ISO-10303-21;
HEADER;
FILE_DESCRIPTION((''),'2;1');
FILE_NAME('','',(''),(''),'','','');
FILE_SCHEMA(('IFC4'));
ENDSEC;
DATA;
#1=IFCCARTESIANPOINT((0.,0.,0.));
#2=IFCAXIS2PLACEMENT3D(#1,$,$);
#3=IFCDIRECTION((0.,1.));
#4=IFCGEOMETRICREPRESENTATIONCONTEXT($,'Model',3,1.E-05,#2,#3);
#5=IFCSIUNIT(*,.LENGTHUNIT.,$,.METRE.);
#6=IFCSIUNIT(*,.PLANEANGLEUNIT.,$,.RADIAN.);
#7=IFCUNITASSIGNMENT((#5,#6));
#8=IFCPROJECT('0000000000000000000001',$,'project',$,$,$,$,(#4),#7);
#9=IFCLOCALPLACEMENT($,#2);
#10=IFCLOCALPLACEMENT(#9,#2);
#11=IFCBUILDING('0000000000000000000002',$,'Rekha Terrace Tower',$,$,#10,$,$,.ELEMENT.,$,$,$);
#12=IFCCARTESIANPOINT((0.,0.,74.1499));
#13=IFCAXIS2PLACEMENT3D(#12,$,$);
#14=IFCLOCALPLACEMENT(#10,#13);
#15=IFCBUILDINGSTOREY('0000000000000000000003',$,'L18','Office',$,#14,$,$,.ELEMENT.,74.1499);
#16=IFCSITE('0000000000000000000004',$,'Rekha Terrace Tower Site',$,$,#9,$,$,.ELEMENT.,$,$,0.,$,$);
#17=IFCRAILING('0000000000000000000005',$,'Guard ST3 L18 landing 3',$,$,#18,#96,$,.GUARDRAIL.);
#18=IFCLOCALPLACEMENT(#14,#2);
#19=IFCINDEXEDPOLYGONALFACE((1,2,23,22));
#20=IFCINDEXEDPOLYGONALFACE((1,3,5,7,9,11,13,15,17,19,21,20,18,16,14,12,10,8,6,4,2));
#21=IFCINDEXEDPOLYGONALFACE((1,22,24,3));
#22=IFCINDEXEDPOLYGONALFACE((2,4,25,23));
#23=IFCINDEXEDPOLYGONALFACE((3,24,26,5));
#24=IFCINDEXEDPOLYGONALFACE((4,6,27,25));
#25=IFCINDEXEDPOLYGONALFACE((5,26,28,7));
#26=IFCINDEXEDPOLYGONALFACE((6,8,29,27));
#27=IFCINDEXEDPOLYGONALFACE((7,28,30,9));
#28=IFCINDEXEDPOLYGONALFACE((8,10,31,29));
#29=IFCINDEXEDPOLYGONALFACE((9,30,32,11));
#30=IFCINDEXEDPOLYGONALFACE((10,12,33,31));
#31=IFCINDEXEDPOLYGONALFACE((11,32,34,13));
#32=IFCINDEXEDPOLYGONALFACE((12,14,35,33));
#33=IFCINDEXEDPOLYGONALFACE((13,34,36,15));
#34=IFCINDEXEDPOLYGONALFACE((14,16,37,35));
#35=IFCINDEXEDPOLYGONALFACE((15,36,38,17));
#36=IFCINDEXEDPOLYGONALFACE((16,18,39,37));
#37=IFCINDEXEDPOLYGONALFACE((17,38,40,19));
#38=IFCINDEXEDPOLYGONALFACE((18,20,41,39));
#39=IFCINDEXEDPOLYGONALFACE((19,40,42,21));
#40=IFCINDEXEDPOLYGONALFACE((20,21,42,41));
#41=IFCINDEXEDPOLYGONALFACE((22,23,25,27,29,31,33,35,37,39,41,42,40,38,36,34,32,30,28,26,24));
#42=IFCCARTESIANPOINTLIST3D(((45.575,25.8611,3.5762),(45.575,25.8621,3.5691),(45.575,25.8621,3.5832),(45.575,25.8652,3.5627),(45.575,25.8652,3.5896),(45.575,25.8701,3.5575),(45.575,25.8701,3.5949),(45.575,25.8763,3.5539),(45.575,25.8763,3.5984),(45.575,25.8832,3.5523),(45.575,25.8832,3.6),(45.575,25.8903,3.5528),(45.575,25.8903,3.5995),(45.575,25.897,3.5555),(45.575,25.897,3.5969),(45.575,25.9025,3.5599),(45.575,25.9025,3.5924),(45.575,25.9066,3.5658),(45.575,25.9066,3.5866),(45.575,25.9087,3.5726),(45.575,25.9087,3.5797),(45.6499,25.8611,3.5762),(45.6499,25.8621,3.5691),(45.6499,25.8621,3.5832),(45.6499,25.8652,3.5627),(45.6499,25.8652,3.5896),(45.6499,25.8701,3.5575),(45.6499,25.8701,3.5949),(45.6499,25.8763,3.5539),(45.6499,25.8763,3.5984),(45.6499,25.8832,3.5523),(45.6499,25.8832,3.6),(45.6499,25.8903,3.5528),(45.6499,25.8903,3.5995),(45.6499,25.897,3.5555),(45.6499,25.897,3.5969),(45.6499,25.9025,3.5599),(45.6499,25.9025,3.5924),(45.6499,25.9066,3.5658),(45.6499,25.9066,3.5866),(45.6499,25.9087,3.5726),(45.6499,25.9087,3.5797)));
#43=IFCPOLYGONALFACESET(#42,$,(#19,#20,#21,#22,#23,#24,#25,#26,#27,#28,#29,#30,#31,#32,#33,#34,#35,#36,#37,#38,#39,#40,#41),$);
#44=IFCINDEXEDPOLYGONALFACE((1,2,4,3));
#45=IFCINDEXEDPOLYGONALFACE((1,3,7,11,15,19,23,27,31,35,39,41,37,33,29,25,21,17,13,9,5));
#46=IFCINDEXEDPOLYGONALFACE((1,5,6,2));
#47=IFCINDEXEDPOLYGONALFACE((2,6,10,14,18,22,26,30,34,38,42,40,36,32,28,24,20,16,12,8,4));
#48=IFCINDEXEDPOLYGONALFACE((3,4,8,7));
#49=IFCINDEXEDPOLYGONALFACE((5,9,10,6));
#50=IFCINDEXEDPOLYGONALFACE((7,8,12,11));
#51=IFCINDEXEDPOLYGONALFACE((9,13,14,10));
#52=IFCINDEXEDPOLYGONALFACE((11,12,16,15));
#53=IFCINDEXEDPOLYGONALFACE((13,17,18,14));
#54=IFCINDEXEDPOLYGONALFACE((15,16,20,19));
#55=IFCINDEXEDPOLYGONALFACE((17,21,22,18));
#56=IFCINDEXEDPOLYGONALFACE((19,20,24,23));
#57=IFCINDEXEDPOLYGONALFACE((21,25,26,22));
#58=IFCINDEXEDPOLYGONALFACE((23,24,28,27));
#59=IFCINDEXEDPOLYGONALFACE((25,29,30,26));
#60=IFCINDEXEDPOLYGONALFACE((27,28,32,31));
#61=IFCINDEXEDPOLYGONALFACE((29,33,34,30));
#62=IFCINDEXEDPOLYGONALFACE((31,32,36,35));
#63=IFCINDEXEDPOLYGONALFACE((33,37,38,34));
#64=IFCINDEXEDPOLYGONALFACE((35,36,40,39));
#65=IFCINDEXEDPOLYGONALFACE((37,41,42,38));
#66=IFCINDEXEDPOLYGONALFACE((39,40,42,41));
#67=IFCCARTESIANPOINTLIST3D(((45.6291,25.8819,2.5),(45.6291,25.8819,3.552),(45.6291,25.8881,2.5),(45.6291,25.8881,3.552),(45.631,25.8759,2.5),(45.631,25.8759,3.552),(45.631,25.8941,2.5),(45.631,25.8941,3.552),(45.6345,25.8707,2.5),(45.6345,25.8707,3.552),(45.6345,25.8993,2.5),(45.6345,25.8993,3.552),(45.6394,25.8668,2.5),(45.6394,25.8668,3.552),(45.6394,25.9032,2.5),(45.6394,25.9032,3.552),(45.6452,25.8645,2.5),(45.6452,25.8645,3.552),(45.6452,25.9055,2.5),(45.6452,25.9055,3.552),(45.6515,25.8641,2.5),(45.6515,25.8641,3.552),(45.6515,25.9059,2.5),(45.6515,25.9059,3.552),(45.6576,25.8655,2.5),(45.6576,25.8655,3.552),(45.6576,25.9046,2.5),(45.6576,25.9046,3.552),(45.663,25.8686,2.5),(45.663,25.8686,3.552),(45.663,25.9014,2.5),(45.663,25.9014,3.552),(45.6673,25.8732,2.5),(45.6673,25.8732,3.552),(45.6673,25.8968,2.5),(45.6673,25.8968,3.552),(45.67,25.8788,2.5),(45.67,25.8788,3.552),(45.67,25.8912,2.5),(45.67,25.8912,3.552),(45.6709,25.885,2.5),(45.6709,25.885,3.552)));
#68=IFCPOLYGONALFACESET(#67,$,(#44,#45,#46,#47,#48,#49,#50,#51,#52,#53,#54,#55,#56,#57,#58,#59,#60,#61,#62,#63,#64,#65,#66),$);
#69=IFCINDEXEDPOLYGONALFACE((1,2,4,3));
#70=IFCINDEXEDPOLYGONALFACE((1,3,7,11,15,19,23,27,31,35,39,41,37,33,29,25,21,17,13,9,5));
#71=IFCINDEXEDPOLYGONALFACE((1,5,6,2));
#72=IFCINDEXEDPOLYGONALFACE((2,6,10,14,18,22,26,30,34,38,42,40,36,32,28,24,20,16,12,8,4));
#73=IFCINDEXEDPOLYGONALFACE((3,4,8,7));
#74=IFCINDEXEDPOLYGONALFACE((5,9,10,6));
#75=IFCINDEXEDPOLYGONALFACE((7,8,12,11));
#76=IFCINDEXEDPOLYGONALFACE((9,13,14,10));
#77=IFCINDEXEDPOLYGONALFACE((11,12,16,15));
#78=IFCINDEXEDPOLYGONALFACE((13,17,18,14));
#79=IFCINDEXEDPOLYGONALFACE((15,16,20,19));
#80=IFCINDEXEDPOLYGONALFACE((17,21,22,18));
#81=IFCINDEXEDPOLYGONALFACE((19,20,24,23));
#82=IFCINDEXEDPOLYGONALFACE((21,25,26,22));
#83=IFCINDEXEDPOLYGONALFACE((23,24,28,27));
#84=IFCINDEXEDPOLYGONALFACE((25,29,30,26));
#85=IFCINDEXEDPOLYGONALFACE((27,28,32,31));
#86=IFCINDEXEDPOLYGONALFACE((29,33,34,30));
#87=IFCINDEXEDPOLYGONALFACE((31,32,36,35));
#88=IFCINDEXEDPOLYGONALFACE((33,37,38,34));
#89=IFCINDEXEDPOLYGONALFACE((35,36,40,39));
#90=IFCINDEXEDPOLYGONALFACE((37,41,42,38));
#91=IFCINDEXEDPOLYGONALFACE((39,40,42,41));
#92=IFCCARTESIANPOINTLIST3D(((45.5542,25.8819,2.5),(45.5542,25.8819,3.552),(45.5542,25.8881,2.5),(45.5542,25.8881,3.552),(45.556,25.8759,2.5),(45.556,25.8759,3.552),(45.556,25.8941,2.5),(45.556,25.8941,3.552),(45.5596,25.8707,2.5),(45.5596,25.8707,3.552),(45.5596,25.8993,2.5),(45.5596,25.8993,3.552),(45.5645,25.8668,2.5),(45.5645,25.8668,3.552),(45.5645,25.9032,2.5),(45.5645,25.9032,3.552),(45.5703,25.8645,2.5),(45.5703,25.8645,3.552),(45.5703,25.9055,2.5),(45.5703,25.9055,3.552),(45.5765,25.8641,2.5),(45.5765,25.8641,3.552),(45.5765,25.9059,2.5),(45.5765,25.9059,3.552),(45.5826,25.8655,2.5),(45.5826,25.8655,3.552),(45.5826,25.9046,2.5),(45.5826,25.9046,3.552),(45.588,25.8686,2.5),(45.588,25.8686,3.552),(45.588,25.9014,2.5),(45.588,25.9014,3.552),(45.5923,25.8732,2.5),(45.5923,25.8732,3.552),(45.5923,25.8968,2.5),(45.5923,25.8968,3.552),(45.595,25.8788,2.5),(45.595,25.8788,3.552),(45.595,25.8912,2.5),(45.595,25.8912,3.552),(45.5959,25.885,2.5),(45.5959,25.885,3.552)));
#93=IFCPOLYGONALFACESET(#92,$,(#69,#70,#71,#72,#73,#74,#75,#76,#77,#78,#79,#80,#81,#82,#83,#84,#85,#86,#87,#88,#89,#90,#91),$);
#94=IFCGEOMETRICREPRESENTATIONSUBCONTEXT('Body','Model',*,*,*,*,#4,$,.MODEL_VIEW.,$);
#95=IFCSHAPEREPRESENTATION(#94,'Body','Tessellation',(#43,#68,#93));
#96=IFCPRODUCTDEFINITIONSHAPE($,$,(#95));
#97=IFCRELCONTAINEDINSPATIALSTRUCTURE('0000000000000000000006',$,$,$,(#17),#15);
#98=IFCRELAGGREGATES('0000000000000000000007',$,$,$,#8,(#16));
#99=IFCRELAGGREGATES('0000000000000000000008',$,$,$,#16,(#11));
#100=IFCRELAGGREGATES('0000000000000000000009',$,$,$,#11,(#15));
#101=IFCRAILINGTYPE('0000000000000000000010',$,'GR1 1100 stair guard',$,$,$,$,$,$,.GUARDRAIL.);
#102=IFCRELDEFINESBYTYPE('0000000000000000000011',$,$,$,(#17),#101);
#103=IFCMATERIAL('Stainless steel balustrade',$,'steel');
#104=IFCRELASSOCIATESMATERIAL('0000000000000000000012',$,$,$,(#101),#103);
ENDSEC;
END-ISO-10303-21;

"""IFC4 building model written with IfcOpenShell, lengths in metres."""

from ifc_helpers import new_model, si_unit, direction, frame, origin, origin_2d, place, context, subcontext, project, spatial, circle, extrude, material, type_object, element, save


model = new_model("IFC4")

# Units and contexts
model_context = context("Model", 3, precision=1e-05, world=origin(), true_north=direction((0.0, 1.0)))
body_context = subcontext(model_context, "Body", "Model", "MODEL_VIEW")
ifc_project = project(units=[si_unit("LENGTHUNIT", "METRE"), si_unit("PLANEANGLEUNIT", "RADIAN")], contexts=[model_context])

# Site, building, storey
site_placement = place(None, origin())
site = spatial("IfcSite", under=ifc_project, at=site_placement, Name="Rekha Terrace Tower Site", CompositionType="ELEMENT", RefElevation=0.0)
building_placement = place(site_placement, origin())
building = spatial("IfcBuilding", under=site, at=building_placement, Name="Rekha Terrace Tower", CompositionType="ELEMENT")
storey_placement = place(building_placement, frame((0.0, 0.0, 74.1499)))
storey = spatial("IfcBuildingStorey", under=building, at=storey_placement, Name="L18", Description="Office", CompositionType="ELEMENT", Elevation=74.1499)

# Railing
ifc_material_1 = material(Name="Stainless steel balustrade", Category="steel")
railing_type_1 = type_object("IfcRailingType", Name="GR1 1100 stair guard", PredefinedType="GUARDRAIL", material=ifc_material_1)
railing_1_placement = place(storey_placement, frame((45.6499, 25.885, 2.5)))
element("IfcRailing", 1, at=railing_1_placement, inside=storey, type_object=railing_type_1, Name="Guard ST3 L18 landing 3", PredefinedType="GUARDRAIL", context=body_context, shape_type="SweptSolid", body=[
    extrude(circle(Radius=0.0239, at=origin_2d()), frame((0.0, 0.0, 1.0762), z_axis=(-1.0, 0.0, 0.0), x_axis=(0.0, -1.0, 0.0)), (0.0, 0.0, 1.0), 0.075),
    extrude(circle(Radius=0.021, at=origin_2d()), origin(), (0.0, 0.0, 1.0), 1.052),
    extrude(circle(Radius=0.021, at=origin_2d()), frame((-0.075, 0.0, 0.0)), (0.0, 0.0, 1.0), 1.052),
])

save(model, "model.ifc")
